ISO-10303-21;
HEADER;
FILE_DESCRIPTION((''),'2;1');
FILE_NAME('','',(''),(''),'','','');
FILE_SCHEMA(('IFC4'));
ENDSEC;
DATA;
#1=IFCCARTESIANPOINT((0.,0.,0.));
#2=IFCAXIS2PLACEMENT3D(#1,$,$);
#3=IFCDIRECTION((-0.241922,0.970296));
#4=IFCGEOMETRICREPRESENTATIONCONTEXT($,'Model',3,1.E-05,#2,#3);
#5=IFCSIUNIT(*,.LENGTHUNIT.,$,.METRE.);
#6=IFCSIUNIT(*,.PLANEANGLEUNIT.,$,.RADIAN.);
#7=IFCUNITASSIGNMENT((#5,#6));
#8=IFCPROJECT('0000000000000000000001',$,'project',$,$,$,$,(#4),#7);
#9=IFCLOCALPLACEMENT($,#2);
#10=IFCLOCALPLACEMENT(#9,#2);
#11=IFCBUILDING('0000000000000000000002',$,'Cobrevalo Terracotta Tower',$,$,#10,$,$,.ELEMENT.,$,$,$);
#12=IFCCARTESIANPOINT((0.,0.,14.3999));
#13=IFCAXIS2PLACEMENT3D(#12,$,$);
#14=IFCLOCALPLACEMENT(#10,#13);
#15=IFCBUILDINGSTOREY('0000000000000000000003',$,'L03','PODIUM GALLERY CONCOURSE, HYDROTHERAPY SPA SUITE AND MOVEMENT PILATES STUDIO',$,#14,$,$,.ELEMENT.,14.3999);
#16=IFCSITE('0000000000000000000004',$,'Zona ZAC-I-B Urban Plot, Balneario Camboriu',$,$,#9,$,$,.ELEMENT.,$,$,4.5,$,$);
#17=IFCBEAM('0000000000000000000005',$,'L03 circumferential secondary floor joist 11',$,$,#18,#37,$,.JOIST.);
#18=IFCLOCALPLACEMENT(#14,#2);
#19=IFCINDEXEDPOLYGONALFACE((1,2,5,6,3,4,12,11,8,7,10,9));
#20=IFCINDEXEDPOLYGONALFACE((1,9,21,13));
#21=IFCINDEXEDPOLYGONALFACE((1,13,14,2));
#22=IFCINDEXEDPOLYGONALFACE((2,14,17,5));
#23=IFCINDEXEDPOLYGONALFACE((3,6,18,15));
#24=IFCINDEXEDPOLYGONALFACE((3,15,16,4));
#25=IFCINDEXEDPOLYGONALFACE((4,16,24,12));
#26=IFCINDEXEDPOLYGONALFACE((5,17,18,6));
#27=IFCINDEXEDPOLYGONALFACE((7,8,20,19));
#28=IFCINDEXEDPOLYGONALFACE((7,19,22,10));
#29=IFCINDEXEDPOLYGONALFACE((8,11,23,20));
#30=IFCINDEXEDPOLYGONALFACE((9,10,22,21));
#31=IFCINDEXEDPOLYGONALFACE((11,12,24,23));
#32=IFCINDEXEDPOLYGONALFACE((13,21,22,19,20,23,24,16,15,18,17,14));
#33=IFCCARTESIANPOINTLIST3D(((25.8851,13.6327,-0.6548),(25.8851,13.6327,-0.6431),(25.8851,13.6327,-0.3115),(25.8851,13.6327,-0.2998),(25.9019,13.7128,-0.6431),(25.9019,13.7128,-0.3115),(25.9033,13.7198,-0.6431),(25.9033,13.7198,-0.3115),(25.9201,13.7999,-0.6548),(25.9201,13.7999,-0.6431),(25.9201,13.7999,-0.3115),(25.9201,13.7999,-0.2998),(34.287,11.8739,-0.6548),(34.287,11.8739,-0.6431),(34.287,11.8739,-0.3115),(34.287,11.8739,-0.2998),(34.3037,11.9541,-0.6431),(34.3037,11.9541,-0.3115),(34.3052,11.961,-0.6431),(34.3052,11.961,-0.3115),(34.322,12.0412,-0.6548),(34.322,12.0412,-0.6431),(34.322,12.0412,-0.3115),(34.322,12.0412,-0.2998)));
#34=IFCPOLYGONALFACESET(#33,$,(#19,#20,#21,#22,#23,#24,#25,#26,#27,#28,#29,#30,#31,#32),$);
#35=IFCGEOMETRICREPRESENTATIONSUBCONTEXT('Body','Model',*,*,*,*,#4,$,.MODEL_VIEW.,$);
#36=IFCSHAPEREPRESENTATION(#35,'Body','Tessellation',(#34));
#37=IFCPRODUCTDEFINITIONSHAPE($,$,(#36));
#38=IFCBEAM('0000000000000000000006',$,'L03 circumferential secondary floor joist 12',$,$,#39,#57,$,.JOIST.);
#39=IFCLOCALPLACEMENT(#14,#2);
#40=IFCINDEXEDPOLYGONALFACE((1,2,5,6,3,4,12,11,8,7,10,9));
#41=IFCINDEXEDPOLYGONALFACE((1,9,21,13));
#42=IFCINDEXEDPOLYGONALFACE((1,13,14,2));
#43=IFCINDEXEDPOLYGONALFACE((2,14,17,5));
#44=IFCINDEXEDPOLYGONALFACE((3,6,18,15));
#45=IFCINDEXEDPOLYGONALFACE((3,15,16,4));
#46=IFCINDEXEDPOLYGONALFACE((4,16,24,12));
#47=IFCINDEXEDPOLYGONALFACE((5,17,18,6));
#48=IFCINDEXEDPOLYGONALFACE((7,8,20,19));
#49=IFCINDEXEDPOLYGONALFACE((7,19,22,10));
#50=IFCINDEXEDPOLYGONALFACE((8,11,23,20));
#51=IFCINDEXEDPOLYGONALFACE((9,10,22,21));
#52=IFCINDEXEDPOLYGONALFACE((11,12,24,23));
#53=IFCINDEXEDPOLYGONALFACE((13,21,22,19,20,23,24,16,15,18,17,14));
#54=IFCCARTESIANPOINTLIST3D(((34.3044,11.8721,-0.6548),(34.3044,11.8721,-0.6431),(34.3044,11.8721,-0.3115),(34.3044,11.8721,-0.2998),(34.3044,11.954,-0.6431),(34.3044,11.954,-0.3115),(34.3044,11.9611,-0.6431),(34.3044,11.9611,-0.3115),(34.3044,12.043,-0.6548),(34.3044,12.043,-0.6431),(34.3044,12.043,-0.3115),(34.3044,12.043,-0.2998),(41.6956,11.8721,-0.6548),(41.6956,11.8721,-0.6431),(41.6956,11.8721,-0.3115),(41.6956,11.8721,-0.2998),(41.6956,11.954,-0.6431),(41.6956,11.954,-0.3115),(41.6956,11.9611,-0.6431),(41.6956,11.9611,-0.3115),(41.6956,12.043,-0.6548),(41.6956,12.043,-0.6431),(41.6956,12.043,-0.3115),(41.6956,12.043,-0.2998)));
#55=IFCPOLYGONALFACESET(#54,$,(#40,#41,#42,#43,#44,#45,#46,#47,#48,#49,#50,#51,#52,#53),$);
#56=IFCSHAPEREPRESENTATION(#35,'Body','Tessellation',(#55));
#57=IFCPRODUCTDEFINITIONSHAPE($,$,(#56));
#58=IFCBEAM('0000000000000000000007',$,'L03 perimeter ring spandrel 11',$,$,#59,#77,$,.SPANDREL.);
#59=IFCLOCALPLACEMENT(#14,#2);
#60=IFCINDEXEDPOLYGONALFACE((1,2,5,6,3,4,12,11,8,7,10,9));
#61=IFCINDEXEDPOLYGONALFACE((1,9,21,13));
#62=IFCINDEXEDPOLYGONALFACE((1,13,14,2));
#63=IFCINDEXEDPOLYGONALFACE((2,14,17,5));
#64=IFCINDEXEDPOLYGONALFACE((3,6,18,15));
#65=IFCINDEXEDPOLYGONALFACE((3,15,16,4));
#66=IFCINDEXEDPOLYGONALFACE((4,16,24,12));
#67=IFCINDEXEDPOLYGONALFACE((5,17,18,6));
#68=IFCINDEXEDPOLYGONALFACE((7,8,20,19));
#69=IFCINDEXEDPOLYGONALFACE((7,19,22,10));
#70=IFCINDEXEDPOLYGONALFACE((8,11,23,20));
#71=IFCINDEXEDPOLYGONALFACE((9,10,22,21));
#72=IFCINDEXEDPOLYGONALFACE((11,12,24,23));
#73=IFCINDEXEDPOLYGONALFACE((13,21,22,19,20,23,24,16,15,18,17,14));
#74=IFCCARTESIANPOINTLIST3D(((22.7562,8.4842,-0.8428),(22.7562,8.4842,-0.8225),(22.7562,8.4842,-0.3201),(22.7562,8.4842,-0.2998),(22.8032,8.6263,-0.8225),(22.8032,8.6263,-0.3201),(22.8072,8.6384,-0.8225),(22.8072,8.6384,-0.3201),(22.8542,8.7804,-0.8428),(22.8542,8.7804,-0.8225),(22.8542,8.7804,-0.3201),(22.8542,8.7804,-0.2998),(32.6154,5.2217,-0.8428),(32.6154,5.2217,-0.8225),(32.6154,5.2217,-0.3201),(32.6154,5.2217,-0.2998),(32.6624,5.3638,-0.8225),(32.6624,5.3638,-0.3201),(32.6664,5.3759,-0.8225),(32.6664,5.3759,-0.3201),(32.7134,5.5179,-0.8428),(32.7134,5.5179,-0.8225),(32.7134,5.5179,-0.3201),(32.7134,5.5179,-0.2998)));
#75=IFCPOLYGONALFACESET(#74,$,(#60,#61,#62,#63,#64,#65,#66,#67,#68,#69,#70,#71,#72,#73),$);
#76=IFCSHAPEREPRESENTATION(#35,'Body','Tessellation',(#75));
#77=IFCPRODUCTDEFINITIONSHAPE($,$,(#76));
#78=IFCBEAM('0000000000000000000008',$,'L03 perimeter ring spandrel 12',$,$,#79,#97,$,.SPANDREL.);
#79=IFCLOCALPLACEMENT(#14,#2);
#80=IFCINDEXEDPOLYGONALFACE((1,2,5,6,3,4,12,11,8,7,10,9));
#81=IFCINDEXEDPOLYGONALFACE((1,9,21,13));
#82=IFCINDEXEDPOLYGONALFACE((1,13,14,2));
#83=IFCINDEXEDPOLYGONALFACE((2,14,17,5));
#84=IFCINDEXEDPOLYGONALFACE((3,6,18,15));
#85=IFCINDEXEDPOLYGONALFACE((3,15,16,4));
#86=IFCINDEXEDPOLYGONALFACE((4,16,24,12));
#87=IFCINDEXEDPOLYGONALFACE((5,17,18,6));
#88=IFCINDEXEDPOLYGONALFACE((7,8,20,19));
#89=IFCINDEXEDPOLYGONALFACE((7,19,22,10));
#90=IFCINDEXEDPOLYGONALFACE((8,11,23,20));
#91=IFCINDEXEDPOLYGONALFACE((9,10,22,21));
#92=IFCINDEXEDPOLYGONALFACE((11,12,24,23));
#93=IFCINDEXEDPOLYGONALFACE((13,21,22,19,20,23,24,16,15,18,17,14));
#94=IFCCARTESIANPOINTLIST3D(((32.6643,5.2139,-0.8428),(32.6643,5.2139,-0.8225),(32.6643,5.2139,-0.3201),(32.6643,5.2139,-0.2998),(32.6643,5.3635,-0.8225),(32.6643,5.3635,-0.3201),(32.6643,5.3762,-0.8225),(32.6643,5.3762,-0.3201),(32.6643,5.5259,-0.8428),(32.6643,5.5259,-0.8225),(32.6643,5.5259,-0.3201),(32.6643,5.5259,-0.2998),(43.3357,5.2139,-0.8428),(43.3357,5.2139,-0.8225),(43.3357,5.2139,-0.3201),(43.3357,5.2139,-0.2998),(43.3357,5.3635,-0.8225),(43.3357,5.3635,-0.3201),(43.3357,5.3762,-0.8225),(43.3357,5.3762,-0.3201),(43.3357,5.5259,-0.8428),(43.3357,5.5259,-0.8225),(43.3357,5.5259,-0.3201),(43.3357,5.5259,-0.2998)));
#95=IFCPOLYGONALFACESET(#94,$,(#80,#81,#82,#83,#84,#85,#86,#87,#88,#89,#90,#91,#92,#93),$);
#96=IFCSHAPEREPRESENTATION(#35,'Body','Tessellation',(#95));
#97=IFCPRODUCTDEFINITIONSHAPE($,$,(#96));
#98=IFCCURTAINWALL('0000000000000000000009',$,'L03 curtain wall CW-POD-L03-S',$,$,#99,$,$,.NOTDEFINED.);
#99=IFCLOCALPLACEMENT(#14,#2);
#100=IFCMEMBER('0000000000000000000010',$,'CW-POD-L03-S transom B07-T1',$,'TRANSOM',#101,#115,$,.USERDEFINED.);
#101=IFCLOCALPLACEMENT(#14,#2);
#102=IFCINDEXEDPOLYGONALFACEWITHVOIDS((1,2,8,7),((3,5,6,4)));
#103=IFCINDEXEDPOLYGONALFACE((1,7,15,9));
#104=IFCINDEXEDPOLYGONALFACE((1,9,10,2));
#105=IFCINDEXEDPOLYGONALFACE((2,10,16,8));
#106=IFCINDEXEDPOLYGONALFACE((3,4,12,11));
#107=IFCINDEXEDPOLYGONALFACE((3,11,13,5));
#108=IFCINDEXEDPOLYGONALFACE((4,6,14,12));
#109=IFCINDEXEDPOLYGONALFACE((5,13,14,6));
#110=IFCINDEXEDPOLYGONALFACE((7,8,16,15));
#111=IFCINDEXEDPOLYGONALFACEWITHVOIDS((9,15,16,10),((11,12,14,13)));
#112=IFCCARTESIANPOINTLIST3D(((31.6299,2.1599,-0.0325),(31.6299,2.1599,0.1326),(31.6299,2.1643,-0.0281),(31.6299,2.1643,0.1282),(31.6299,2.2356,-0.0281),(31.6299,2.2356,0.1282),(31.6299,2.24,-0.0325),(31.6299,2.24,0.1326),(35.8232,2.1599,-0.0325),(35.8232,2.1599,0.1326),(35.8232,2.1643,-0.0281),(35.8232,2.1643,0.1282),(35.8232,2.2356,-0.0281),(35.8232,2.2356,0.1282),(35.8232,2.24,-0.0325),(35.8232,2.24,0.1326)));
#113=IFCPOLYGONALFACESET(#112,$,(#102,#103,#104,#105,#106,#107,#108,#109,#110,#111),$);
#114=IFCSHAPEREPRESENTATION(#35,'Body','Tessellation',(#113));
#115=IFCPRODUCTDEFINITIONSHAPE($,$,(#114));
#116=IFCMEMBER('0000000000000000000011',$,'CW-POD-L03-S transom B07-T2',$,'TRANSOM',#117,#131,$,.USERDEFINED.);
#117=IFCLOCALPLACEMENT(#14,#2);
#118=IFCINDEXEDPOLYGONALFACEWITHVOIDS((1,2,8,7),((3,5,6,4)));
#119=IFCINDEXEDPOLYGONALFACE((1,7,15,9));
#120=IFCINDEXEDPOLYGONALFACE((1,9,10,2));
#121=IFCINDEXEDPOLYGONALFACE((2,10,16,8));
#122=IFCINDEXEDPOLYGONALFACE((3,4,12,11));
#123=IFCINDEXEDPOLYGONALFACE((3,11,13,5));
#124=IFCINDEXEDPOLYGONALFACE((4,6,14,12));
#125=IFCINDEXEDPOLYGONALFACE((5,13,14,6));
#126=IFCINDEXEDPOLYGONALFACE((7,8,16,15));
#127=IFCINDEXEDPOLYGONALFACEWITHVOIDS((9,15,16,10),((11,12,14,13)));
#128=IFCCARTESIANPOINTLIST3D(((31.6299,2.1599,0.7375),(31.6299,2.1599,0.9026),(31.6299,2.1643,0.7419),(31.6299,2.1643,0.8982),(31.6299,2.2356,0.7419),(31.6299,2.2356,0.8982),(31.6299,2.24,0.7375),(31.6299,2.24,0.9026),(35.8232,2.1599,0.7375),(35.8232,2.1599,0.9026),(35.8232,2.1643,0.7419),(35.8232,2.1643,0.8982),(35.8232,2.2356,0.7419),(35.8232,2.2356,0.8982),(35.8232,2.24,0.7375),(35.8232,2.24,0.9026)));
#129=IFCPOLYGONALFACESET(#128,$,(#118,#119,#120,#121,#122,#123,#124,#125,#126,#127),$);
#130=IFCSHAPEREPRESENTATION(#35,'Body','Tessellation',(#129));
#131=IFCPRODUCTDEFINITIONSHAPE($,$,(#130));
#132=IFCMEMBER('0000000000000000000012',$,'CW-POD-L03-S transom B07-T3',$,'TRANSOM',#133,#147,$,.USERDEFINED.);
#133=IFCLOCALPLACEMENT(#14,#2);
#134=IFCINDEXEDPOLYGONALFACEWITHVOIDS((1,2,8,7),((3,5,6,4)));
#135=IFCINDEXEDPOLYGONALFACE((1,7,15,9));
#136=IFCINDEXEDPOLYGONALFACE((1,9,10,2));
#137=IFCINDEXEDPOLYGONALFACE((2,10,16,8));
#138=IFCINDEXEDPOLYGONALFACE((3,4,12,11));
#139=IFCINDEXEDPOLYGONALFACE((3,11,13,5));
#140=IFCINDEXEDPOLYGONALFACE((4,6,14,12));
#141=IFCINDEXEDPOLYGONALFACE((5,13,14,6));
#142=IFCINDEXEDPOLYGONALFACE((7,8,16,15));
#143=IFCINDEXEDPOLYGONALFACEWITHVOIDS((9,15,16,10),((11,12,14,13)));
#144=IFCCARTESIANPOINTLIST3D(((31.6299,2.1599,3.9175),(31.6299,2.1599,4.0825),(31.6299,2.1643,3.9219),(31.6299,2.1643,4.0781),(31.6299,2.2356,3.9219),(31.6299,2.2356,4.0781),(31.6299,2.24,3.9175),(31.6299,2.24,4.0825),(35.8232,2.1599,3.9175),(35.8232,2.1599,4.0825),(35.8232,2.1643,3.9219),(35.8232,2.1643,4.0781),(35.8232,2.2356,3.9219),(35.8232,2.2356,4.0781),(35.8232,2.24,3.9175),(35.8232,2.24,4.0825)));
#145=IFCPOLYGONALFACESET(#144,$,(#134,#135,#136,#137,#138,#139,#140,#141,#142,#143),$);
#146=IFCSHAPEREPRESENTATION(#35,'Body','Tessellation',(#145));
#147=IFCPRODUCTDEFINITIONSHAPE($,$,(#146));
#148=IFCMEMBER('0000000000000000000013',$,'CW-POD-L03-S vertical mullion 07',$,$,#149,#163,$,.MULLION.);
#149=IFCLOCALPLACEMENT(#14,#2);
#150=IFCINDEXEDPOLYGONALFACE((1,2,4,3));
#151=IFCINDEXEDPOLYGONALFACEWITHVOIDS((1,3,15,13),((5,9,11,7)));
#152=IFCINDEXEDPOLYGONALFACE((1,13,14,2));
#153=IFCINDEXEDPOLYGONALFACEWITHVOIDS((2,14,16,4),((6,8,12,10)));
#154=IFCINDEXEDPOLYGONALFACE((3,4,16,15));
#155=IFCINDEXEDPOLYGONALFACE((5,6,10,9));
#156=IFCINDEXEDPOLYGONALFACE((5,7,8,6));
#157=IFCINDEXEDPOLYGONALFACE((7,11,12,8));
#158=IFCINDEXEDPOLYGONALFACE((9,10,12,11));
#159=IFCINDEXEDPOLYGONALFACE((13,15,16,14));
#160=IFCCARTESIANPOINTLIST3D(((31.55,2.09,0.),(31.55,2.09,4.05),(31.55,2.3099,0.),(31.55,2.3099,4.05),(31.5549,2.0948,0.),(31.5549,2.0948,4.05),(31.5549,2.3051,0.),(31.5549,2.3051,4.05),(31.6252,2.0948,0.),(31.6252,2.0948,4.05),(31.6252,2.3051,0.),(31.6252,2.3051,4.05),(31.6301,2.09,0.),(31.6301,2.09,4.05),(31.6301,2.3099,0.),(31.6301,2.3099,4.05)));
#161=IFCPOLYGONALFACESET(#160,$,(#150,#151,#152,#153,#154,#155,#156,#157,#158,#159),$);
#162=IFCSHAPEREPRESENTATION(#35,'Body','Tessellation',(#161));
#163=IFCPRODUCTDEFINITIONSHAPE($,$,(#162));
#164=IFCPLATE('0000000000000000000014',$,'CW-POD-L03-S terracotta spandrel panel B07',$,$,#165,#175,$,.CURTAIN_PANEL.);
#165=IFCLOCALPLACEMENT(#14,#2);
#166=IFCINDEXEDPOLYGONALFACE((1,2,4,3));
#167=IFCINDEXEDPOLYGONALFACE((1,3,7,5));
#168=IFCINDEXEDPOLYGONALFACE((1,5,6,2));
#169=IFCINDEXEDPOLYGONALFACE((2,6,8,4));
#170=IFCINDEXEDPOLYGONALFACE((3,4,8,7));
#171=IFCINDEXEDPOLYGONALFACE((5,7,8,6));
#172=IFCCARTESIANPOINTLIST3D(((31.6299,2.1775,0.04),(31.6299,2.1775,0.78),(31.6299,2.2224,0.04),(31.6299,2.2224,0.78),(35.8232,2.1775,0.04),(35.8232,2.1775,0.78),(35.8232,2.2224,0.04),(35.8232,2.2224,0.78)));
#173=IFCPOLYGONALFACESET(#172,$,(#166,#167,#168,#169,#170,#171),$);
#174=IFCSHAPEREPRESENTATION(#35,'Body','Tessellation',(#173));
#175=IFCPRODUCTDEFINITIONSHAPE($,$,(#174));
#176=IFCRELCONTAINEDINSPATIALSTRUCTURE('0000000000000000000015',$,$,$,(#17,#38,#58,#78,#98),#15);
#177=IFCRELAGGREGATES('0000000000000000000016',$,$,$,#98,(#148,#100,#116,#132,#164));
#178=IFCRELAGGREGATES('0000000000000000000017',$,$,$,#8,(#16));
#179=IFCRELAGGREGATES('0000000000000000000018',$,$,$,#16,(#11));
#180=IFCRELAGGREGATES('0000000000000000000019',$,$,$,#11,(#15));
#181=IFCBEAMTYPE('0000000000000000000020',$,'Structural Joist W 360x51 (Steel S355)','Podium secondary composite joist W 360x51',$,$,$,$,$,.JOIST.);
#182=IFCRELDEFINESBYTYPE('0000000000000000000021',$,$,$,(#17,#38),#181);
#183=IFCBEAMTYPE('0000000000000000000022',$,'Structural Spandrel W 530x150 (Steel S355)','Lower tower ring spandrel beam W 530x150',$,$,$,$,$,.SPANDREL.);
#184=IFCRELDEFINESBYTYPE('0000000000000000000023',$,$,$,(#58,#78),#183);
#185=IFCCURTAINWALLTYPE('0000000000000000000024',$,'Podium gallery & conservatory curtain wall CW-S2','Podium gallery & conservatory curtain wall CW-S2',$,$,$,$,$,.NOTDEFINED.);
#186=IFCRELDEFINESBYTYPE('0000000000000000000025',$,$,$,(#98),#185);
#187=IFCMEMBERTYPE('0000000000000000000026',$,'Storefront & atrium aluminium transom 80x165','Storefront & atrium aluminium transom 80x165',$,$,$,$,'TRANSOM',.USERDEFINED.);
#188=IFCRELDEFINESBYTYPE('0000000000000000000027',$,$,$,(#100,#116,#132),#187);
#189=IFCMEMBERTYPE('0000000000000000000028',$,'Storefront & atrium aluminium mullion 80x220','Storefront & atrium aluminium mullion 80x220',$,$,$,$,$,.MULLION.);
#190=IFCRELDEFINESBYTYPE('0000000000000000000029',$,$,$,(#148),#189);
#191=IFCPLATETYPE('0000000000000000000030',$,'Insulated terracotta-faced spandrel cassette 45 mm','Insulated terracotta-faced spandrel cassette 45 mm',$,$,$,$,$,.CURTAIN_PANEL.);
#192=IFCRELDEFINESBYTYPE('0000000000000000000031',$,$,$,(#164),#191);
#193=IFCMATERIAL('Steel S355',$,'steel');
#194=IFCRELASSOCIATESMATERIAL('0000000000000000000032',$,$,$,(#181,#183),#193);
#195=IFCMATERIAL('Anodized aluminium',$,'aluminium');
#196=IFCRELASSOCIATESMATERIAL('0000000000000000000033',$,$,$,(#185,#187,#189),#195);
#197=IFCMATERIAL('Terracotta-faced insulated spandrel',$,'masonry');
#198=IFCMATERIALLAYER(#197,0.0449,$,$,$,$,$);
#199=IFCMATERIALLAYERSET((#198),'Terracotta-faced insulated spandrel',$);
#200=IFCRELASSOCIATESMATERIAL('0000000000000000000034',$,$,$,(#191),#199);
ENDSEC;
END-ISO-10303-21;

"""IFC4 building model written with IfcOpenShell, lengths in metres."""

from ifc_helpers import new_model, si_unit, direction, frame, origin, origin_2d, place, context, subcontext, project, spatial, rectangle, hollow_rectangle, i_section, extrude, source, transform, mapped, material, layer, layer_set, material_profile, profile_set, type_object, element, aggregate, save


model = new_model("IFC4")

# Units and contexts
model_context = context("Model", 3, precision=1e-05, world=origin(), true_north=direction((-0.241922, 0.970296)))
body_context = subcontext(model_context, "Body", "Model", "MODEL_VIEW")
ifc_project = project(units=[si_unit("LENGTHUNIT", "METRE"), si_unit("PLANEANGLEUNIT", "RADIAN")], contexts=[model_context])

# Site, building, storey
site_placement = place(None, origin())
site = spatial("IfcSite", under=ifc_project, at=site_placement, Name="Zona ZAC-I-B Urban Plot, Balneario Camboriu", CompositionType="ELEMENT", RefElevation=4.5)
building_placement = place(site_placement, origin())
building = spatial("IfcBuilding", under=site, at=building_placement, Name="Cobrevalo Terracotta Tower", CompositionType="ELEMENT")
storey_placement = place(building_placement, frame((0.0, 0.0, 14.3999)))
storey = spatial("IfcBuildingStorey", under=building, at=storey_placement, Name="L03", Description="PODIUM GALLERY CONCOURSE, HYDROTHERAPY SPA SUITE AND MOVEMENT PILATES STUDIO", CompositionType="ELEMENT", Elevation=14.3999)

# Shared definitions
ifc_material_1 = material(Name="Steel S355", Category="steel")

# Beams
ifc_material_profile_1 = material_profile(ifc_material_1, i_section(OverallWidth=0.1709, OverallDepth=0.355, WebThickness=0.0071, FlangeThickness=0.0117, at=origin_2d()), Name="W 360x51")
ifc_profile_set_1 = profile_set([ifc_material_profile_1], Name="Steel S355")
beam_type_1 = type_object("IfcBeamType", Name="Structural Joist W 360x51 (Steel S355)", Description="Podium secondary composite joist W 360x51", PredefinedType="JOIST", material=ifc_profile_set_1)
beam_1_placement = place(storey_placement, frame((25.9026, 13.7163, -0.4773), z_axis=(0.978785, -0.204892, 0.0), x_axis=(0.204892, 0.978785, 0.0)))
element("IfcBeam", 1, at=beam_1_placement, inside=storey, type_object=beam_type_1, Name="L03 circumferential secondary floor joist 11", PredefinedType="JOIST", context=body_context, shape_type="SweptSolid", body=[
    extrude(i_section(OverallWidth=0.1709, OverallDepth=0.355, WebThickness=0.0071, FlangeThickness=0.0117, at=origin_2d()), origin(), (0.0, 0.0, 1.0), 8.584),
])
beam_2_placement = place(storey_placement, frame((34.3044, 11.9575, -0.4773), z_axis=(1.0, 0.0, 0.0), x_axis=(0.0, 1.0, 0.0)))
element("IfcBeam", 2, at=beam_2_placement, inside=storey, type_object=beam_type_1, Name="L03 circumferential secondary floor joist 12", PredefinedType="JOIST", context=body_context, shape_type="SweptSolid", body=[
    extrude(i_section(OverallWidth=0.1709, OverallDepth=0.355, WebThickness=0.0071, FlangeThickness=0.0117, at=origin_2d()), origin(), (0.0, 0.0, 1.0), 7.3911),
])
ifc_material_profile_2 = material_profile(ifc_material_1, i_section(OverallWidth=0.312, OverallDepth=0.543, WebThickness=0.0127, FlangeThickness=0.0203, at=origin_2d()), Name="W 530x150")
ifc_profile_set_2 = profile_set([ifc_material_profile_2], Name="Steel S355")
beam_type_2 = type_object("IfcBeamType", Name="Structural Spandrel W 530x150 (Steel S355)", Description="Lower tower ring spandrel beam W 530x150", PredefinedType="SPANDREL", material=ifc_profile_set_2)
beam_3_placement = place(storey_placement, frame((22.8052, 8.6323, -0.5713), z_axis=(0.949372, -0.314153, 0.0), x_axis=(0.314153, 0.949372, 0.0)))
element("IfcBeam", 3, at=beam_3_placement, inside=storey, type_object=beam_type_2, Name="L03 perimeter ring spandrel 11", PredefinedType="SPANDREL", context=body_context, shape_type="SweptSolid", body=[
    extrude(i_section(OverallWidth=0.312, OverallDepth=0.543, WebThickness=0.0127, FlangeThickness=0.0203, at=origin_2d()), origin(), (0.0, 0.0, 1.0), 10.385),
])
beam_4_placement = place(storey_placement, frame((32.6643, 5.3699, -0.5713), z_axis=(1.0, 0.0, 0.0), x_axis=(0.0, 1.0, 0.0)))
element("IfcBeam", 4, at=beam_4_placement, inside=storey, type_object=beam_type_2, Name="L03 perimeter ring spandrel 12", PredefinedType="SPANDREL", context=body_context, shape_type="SweptSolid", body=[
    extrude(i_section(OverallWidth=0.312, OverallDepth=0.543, WebThickness=0.0127, FlangeThickness=0.0203, at=origin_2d()), origin(), (0.0, 0.0, 1.0), 10.6714),
])

# Curtain wall, members, plate
ifc_material_2 = material(Name="Anodized aluminium", Category="aluminium")
curtain_wall_type = type_object("IfcCurtainWallType", Name="Podium gallery & conservatory curtain wall CW-S2", Description="Podium gallery & conservatory curtain wall CW-S2", PredefinedType="NOTDEFINED", material=ifc_material_2)
curtain_wall_placement = place(storey_placement, origin())
curtain_wall = element("IfcCurtainWall", 5, at=curtain_wall_placement, inside=storey, type_object=curtain_wall_type, Name="L03 curtain wall CW-POD-L03-S", PredefinedType="NOTDEFINED")
ifc_material_profile_3 = material_profile(ifc_material_2, hollow_rectangle(XDim=0.0801, YDim=0.165, WallThickness=0.0044, at=origin_2d()), Name="CWT 80x165")
ifc_profile_set_3 = profile_set([ifc_material_profile_3], Name="Anodized aluminium")
member_type_1 = type_object("IfcMemberType", Name="Storefront & atrium aluminium transom 80x165", Description="Storefront & atrium aluminium transom 80x165", ElementType="TRANSOM", PredefinedType="USERDEFINED", material=ifc_profile_set_3)
shared_shape_1 = source(origin(), body_context, "Body", "SweptSolid", [
    extrude(hollow_rectangle(XDim=0.0801, YDim=0.165, WallThickness=0.0044, at=origin_2d()), origin(), (0.0, 0.0, 1.0), 4.1934),
])
member_1_placement = place(storey_placement, frame((31.6299, 2.2, 0.05), z_axis=(1.0, 0.0, 0.0), x_axis=(0.0, 1.0, 0.0)))
member_1 = element("IfcMember", 6, at=member_1_placement, type_object=member_type_1, Name="CW-POD-L03-S transom B07-T1", ObjectType="TRANSOM", PredefinedType="USERDEFINED", context=body_context, shape_type="MappedRepresentation", body=[
    mapped(shared_shape_1, transform((0.0, 0.0, 0.0), scale=1.0)),
])
member_2_placement = place(storey_placement, frame((31.6299, 2.2, 0.8201), z_axis=(1.0, 0.0, 0.0), x_axis=(0.0, 1.0, 0.0)))
member_2 = element("IfcMember", 7, at=member_2_placement, type_object=member_type_1, Name="CW-POD-L03-S transom B07-T2", ObjectType="TRANSOM", PredefinedType="USERDEFINED", context=body_context, shape_type="MappedRepresentation", body=[
    mapped(shared_shape_1, transform((0.0, 0.0, 0.0), scale=1.0)),
])
member_3_placement = place(storey_placement, frame((31.6299, 2.2, 4.0), z_axis=(1.0, 0.0, 0.0), x_axis=(0.0, 1.0, 0.0)))
member_3 = element("IfcMember", 8, at=member_3_placement, type_object=member_type_1, Name="CW-POD-L03-S transom B07-T3", ObjectType="TRANSOM", PredefinedType="USERDEFINED", context=body_context, shape_type="MappedRepresentation", body=[
    mapped(shared_shape_1, transform((0.0, 0.0, 0.0), scale=1.0)),
])
ifc_material_profile_4 = material_profile(ifc_material_2, hollow_rectangle(XDim=0.0801, YDim=0.22, WallThickness=0.0049, at=origin_2d()), Name="CWM 80x220")
ifc_profile_set_4 = profile_set([ifc_material_profile_4], Name="Anodized aluminium")
member_type_2 = type_object("IfcMemberType", Name="Storefront & atrium aluminium mullion 80x220", Description="Storefront & atrium aluminium mullion 80x220", PredefinedType="MULLION", material=ifc_profile_set_4)
shared_shape_2 = source(origin(), body_context, "Body", "SweptSolid", [
    extrude(hollow_rectangle(XDim=0.0801, YDim=0.22, WallThickness=0.0049, at=origin_2d()), origin(), (0.0, 0.0, 1.0), 4.05),
])
member_4_placement = place(storey_placement, frame((31.5901, 2.2, 0.0), z_axis=(0.0, 0.0, 1.0), x_axis=(1.0, 0.0, 0.0)))
member_4 = element("IfcMember", 9, at=member_4_placement, type_object=member_type_2, Name="CW-POD-L03-S vertical mullion 07", PredefinedType="MULLION", context=body_context, shape_type="MappedRepresentation", body=[
    mapped(shared_shape_2, transform((0.0, 0.0, 0.0), scale=1.0)),
])
ifc_material_3 = material(Name="Terracotta-faced insulated spandrel", Category="masonry")
ifc_layer_1 = layer(ifc_material_3, 0.0449)
ifc_layer_set_1 = layer_set([ifc_layer_1], Name="Terracotta-faced insulated spandrel")
plate_type_1 = type_object("IfcPlateType", Name="Insulated terracotta-faced spandrel cassette 45 mm", Description="Insulated terracotta-faced spandrel cassette 45 mm", PredefinedType="CURTAIN_PANEL", material=ifc_layer_set_1)
shared_shape_3 = source(origin(), body_context, "Body", "SweptSolid", [
    extrude(rectangle(XDim=4.1934, YDim=0.0449, at=origin_2d()), origin(), (0.0, 0.0, 1.0), 0.74),
])
plate_1_placement = place(storey_placement, frame((33.7266, 2.2, 0.04), z_axis=(0.0, 0.0, 1.0), x_axis=(1.0, 0.0, 0.0)))
plate_1 = element("IfcPlate", 10, at=plate_1_placement, type_object=plate_type_1, Name="CW-POD-L03-S terracotta spandrel panel B07", PredefinedType="CURTAIN_PANEL", context=body_context, shape_type="MappedRepresentation", body=[
    mapped(shared_shape_3, transform((0.0, 0.0, 0.0), scale=1.0)),
])
aggregate(curtain_wall, [member_4, member_1, member_2, member_3, plate_1])

save(model, "model.ifc")
